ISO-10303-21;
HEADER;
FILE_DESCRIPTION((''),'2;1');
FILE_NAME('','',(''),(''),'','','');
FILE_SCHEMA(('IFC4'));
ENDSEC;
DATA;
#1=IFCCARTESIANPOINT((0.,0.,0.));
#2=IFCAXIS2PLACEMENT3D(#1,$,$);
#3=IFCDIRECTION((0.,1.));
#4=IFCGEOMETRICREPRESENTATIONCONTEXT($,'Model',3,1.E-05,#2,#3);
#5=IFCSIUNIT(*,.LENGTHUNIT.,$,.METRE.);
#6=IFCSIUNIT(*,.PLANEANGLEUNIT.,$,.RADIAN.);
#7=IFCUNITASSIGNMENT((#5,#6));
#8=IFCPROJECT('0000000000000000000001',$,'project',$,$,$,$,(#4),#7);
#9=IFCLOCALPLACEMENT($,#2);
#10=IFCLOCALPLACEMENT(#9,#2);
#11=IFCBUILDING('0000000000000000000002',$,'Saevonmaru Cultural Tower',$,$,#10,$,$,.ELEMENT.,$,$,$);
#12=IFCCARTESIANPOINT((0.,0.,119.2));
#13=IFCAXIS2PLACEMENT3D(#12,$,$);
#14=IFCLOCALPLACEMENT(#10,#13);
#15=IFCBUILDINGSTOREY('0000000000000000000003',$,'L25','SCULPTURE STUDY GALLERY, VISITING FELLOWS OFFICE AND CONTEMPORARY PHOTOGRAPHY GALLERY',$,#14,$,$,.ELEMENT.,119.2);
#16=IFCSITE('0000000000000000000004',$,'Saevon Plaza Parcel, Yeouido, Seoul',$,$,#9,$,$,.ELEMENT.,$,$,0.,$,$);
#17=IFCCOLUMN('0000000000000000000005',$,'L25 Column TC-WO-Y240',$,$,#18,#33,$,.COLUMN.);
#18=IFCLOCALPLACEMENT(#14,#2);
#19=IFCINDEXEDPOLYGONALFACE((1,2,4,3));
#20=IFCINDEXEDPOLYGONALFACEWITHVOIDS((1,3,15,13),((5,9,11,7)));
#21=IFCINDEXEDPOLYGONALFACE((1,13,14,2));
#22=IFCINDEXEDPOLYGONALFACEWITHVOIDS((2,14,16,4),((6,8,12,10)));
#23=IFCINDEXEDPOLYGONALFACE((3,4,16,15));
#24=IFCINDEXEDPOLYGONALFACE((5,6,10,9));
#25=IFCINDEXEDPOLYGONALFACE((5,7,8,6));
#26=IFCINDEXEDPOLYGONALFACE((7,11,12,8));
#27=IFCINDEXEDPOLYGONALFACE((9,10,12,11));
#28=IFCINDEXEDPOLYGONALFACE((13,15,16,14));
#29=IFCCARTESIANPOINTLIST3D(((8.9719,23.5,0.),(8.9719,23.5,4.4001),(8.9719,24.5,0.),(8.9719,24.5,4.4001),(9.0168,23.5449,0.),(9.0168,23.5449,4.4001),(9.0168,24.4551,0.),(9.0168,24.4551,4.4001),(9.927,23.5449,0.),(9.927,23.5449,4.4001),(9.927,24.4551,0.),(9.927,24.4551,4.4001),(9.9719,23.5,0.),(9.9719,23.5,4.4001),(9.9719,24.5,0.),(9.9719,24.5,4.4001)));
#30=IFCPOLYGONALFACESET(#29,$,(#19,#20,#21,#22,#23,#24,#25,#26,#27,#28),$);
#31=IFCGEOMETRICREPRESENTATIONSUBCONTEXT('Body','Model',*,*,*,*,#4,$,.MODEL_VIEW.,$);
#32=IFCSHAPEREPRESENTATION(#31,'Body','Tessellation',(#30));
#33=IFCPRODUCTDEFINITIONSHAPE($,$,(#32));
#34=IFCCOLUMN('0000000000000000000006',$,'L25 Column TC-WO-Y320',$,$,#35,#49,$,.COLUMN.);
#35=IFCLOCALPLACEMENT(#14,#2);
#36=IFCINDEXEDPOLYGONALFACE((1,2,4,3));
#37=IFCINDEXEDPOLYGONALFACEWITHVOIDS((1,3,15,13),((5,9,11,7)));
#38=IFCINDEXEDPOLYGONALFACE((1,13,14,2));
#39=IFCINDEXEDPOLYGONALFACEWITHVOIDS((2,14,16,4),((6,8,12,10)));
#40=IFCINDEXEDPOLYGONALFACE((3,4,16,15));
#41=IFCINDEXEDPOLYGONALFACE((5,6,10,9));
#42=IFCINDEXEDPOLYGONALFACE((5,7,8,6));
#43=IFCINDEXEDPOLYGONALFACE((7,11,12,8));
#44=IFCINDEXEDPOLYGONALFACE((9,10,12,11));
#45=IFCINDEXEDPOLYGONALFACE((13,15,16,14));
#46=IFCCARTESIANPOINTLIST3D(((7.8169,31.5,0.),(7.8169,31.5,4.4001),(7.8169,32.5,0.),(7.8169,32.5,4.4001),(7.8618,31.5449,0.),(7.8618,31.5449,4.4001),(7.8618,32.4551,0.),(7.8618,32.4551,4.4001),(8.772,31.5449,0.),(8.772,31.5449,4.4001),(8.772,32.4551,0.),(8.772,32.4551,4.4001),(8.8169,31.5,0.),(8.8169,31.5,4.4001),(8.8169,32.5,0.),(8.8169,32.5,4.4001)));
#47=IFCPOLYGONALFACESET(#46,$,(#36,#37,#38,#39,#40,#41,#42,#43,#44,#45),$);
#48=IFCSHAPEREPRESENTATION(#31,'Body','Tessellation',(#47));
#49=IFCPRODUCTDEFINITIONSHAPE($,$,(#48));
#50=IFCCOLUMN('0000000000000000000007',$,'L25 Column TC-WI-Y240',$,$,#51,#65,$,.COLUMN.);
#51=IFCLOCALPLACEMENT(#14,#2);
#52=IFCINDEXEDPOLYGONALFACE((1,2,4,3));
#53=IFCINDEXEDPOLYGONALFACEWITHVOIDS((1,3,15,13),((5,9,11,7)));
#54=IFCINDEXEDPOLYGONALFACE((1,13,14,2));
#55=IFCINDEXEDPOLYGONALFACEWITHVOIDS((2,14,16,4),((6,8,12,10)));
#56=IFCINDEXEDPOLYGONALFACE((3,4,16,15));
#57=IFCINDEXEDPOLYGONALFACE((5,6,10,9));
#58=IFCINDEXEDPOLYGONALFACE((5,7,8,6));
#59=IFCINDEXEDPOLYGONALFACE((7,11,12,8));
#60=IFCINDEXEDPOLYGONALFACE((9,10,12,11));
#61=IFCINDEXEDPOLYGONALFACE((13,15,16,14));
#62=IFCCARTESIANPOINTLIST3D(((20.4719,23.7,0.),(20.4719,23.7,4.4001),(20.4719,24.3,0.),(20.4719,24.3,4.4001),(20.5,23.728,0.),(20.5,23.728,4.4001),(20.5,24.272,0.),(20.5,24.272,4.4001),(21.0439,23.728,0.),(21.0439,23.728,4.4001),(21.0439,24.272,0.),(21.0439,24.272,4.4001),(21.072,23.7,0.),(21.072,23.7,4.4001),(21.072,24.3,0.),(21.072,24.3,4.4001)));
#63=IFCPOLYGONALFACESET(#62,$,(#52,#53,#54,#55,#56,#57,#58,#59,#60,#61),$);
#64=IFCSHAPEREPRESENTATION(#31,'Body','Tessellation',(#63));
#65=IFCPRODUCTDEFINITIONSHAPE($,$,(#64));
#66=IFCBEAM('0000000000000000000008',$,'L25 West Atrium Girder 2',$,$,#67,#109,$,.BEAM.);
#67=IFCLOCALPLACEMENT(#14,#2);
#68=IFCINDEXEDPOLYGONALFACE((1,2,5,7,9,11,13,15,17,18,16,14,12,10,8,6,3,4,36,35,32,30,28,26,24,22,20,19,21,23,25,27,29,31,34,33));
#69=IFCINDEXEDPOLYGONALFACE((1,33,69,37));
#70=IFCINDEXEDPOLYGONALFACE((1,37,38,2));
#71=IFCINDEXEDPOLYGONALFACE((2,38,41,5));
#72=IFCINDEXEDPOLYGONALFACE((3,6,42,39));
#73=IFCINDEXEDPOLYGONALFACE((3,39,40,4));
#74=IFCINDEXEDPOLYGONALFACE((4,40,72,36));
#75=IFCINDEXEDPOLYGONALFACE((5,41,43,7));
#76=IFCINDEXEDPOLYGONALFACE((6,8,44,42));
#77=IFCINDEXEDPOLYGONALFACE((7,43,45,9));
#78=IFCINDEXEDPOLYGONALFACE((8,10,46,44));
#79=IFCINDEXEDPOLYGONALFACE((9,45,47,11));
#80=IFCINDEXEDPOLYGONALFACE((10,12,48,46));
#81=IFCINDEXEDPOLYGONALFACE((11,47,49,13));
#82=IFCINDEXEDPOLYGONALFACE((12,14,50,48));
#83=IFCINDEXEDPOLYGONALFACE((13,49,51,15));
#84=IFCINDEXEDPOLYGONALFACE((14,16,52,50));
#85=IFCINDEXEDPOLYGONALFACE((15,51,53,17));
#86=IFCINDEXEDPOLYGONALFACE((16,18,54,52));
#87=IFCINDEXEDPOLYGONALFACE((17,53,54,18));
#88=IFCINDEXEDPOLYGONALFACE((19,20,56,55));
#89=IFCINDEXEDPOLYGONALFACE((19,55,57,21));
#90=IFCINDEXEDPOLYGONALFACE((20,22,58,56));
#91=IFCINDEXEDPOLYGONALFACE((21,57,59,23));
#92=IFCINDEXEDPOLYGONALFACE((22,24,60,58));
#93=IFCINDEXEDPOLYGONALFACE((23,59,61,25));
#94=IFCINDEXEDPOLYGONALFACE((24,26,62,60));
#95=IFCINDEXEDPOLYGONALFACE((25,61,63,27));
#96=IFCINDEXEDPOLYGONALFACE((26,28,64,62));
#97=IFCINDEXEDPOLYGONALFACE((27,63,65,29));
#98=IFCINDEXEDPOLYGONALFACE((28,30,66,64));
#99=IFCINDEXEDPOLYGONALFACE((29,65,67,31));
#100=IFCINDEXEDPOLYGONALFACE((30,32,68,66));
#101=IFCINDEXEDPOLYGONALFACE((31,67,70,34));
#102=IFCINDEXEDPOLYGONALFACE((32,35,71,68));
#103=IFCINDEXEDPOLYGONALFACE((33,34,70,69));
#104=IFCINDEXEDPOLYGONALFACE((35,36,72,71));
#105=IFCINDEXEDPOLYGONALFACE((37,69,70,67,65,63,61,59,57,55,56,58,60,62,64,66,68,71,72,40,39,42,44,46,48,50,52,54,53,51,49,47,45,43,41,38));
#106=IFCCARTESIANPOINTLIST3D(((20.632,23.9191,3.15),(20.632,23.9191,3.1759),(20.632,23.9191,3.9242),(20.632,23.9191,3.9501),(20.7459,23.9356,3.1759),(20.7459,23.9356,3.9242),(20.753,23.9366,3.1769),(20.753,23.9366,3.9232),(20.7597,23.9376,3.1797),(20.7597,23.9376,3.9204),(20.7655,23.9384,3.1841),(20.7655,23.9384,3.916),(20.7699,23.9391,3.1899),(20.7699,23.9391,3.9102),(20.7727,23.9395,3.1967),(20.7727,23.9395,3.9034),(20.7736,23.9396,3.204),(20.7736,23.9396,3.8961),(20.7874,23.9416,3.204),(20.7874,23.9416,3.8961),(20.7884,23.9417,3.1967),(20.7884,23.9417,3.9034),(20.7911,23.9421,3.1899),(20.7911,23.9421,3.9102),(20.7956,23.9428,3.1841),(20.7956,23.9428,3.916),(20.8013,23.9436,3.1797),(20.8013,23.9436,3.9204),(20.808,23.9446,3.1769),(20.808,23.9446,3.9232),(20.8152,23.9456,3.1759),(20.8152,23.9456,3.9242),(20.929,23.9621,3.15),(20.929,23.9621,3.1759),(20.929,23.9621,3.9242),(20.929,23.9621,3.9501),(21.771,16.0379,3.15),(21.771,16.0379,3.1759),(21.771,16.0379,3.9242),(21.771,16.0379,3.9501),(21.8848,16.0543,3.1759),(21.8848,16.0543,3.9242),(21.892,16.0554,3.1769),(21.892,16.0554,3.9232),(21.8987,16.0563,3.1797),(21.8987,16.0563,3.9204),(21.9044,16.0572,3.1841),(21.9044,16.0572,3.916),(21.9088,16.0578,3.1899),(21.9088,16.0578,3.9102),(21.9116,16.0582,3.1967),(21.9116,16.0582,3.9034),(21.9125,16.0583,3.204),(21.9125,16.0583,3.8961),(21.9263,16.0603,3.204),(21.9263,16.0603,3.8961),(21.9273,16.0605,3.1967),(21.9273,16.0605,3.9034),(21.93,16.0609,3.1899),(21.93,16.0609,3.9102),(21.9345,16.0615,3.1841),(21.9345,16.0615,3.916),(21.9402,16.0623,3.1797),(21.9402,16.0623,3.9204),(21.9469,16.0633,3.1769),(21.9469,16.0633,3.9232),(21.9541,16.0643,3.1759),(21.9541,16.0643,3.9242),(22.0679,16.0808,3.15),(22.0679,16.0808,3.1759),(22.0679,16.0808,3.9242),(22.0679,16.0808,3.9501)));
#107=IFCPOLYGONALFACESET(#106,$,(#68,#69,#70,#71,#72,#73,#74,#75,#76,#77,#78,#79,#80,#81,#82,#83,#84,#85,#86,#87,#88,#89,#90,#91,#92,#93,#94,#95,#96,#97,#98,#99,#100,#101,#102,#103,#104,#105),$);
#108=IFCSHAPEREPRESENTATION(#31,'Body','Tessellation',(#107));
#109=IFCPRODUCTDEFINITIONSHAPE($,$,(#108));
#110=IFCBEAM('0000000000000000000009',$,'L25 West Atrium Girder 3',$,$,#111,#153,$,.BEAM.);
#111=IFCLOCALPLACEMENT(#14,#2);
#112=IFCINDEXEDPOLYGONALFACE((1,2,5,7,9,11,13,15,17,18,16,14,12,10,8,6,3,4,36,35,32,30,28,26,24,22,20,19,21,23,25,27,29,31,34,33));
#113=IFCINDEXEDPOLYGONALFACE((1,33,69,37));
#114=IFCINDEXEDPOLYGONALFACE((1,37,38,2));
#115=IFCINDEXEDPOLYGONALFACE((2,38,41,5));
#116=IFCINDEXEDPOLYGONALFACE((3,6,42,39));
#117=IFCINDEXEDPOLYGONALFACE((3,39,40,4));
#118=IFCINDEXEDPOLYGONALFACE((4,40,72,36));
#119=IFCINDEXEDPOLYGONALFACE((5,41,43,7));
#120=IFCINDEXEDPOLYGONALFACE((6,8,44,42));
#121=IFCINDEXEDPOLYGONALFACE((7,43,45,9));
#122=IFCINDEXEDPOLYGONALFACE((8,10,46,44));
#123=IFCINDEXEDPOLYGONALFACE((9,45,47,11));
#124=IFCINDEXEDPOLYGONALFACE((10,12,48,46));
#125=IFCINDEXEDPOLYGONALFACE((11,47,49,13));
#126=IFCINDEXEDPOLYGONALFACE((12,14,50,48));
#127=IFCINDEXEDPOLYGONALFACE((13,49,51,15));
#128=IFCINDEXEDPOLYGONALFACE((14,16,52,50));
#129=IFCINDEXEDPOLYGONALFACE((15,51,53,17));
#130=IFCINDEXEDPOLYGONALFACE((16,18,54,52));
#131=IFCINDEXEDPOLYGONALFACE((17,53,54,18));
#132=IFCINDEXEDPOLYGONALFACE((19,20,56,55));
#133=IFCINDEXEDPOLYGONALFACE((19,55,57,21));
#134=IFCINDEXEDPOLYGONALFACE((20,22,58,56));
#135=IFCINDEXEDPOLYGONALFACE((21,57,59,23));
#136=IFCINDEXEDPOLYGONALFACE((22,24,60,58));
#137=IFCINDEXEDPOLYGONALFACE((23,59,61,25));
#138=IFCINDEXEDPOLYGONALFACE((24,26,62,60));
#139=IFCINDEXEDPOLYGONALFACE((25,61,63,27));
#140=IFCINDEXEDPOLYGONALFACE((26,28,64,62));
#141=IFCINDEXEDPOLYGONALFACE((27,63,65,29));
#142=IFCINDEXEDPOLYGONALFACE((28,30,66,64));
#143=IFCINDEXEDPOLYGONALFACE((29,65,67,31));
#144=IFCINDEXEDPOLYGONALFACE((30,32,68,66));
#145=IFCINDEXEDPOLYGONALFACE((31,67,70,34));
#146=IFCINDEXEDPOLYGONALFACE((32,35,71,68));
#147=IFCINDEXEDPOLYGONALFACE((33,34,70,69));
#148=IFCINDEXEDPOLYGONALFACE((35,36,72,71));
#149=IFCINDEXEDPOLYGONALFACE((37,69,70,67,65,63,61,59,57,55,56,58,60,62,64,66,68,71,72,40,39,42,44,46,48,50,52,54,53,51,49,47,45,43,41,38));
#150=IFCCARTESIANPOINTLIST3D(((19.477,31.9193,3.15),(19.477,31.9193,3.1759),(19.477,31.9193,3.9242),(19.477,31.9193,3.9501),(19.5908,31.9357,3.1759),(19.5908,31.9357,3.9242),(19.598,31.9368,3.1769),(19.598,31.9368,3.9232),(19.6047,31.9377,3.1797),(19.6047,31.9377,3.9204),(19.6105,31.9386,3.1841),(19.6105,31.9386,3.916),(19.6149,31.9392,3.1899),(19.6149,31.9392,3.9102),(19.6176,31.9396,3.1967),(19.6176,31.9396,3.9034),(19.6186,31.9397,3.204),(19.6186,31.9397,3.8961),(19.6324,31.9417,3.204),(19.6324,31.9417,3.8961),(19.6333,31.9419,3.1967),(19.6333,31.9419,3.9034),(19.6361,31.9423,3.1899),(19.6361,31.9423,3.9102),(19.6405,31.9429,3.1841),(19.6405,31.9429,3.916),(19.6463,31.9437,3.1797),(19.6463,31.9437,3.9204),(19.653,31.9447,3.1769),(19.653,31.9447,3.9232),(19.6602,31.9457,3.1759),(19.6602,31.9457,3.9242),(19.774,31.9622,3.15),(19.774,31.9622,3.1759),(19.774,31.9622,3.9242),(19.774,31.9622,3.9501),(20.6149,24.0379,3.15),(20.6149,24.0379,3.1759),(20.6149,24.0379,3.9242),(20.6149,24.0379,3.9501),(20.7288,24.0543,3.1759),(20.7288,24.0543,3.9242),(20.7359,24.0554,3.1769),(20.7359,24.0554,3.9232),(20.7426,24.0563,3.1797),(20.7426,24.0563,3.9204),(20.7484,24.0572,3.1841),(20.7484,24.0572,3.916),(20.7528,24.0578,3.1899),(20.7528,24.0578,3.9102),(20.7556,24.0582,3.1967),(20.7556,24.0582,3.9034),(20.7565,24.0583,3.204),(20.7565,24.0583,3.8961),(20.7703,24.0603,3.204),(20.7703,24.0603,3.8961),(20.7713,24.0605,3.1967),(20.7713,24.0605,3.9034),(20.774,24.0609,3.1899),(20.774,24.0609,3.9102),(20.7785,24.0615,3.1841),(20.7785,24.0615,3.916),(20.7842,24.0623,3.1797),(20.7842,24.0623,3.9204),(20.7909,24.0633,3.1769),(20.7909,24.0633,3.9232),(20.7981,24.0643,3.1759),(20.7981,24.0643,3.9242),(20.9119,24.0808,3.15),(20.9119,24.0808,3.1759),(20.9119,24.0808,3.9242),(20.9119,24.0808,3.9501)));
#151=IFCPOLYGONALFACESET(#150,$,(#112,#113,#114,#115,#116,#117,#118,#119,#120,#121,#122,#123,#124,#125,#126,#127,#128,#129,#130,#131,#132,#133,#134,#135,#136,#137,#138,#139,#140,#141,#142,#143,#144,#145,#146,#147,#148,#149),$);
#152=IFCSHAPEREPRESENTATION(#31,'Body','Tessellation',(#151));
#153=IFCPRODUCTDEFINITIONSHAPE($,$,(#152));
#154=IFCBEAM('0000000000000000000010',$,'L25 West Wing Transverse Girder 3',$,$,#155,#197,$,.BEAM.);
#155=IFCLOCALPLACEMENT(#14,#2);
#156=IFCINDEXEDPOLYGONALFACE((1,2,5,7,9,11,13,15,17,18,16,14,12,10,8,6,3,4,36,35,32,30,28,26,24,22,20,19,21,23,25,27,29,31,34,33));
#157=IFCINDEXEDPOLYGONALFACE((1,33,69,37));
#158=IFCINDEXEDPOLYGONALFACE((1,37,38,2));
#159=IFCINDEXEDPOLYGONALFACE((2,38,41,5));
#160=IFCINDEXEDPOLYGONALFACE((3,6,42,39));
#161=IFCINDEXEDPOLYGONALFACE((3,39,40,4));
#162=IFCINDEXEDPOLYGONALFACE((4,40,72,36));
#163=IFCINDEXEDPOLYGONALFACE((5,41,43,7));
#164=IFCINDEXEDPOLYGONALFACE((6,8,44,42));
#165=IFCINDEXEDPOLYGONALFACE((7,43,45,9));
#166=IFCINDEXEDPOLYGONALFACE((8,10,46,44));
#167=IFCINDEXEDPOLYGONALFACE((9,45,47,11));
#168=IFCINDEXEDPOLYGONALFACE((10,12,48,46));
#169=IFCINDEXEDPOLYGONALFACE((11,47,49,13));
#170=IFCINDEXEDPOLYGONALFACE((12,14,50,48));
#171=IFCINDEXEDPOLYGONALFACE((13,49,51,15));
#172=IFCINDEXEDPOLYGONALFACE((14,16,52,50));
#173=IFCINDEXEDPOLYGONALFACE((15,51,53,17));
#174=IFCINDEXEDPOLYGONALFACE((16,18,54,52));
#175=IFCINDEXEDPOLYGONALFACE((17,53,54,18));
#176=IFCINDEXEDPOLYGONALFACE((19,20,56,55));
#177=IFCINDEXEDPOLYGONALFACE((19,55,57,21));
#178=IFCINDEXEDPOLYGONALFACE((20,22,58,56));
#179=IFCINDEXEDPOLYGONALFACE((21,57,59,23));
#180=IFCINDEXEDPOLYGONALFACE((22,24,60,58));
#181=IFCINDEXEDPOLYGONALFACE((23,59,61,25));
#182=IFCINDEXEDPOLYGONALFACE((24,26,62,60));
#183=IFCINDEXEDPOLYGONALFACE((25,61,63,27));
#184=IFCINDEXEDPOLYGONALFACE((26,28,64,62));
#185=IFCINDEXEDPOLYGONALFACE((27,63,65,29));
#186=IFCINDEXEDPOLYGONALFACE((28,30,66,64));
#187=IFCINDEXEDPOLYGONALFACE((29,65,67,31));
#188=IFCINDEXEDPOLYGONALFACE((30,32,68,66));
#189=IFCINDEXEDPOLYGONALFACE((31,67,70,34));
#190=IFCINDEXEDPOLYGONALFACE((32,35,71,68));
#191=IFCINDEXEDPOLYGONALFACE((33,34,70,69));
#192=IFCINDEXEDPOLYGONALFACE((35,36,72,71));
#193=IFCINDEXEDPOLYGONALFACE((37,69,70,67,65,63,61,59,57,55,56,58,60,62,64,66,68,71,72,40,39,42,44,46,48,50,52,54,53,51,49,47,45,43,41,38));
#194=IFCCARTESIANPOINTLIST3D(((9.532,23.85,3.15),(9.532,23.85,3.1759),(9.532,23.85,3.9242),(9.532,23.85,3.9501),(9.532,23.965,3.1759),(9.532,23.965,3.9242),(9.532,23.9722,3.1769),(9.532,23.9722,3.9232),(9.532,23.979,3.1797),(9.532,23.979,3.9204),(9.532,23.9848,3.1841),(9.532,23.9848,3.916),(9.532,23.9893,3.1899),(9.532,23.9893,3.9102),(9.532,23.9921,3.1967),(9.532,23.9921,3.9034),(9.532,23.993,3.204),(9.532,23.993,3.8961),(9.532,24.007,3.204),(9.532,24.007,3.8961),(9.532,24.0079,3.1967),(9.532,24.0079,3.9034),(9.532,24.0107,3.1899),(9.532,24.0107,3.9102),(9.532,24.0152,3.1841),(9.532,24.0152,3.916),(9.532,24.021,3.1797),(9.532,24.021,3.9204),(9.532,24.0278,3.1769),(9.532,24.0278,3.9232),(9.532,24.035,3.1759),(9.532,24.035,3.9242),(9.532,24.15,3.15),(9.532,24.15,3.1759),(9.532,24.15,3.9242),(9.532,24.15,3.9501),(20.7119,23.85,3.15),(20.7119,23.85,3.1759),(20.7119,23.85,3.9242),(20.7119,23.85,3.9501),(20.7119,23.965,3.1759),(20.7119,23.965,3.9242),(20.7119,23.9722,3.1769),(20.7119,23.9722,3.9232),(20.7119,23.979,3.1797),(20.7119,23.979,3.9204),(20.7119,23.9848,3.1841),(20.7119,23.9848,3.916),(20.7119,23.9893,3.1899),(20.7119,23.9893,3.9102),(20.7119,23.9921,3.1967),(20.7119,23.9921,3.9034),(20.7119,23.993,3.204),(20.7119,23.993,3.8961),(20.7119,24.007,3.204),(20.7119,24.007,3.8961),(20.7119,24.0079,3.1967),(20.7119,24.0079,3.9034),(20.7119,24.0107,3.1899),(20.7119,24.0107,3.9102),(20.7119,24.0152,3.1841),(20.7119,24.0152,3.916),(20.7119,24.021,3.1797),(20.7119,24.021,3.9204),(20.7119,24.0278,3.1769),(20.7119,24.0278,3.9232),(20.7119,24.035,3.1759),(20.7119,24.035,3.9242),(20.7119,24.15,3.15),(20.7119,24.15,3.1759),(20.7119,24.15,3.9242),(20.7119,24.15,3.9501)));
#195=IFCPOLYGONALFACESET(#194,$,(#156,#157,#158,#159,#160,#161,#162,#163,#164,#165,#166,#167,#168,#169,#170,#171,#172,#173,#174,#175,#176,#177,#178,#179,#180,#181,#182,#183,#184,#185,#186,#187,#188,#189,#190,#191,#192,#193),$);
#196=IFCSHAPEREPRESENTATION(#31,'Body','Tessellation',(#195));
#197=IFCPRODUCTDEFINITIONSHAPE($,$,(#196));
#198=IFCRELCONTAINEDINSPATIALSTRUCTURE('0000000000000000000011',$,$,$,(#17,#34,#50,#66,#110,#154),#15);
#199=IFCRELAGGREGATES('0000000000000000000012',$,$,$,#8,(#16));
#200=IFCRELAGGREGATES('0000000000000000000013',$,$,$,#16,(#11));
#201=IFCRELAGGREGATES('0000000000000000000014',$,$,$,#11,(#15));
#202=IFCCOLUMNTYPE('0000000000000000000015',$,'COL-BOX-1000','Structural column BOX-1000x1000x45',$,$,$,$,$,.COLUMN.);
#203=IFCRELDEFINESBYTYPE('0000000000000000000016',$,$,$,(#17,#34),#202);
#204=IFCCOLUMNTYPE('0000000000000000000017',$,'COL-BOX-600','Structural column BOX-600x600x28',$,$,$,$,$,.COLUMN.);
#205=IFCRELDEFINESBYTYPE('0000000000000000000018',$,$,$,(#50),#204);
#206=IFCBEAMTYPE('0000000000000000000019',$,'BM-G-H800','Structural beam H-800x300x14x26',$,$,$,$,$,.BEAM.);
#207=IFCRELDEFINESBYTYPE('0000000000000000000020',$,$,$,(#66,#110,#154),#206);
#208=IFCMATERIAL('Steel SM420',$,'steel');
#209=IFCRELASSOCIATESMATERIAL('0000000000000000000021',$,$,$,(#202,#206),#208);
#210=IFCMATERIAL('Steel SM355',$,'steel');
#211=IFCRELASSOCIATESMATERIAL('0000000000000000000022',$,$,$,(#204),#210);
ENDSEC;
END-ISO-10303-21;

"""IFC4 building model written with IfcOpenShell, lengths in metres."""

from ifc_helpers import new_model, si_unit, direction, frame, origin, origin_2d, place, context, subcontext, project, spatial, hollow_rectangle, i_section, extrude, material, material_profile, profile_set, type_object, element, save


model = new_model("IFC4")

# Units and contexts
model_context = context("Model", 3, precision=1e-05, world=origin(), true_north=direction((0.0, 1.0)))
body_context = subcontext(model_context, "Body", "Model", "MODEL_VIEW")
ifc_project = project(units=[si_unit("LENGTHUNIT", "METRE"), si_unit("PLANEANGLEUNIT", "RADIAN")], contexts=[model_context])

# Site, building, storey
site_placement = place(None, origin())
site = spatial("IfcSite", under=ifc_project, at=site_placement, Name="Saevon Plaza Parcel, Yeouido, Seoul", CompositionType="ELEMENT", RefElevation=0.0)
building_placement = place(site_placement, origin())
building = spatial("IfcBuilding", under=site, at=building_placement, Name="Saevonmaru Cultural Tower", CompositionType="ELEMENT")
storey_placement = place(building_placement, frame((0.0, 0.0, 119.2)))
storey = spatial("IfcBuildingStorey", under=building, at=storey_placement, Name="L25", Description="SCULPTURE STUDY GALLERY, VISITING FELLOWS OFFICE AND CONTEMPORARY PHOTOGRAPHY GALLERY", CompositionType="ELEMENT", Elevation=119.2)

# Columns
ifc_material_1 = material(Name="Steel SM420", Category="steel")
ifc_material_profile_1 = material_profile(ifc_material_1, hollow_rectangle(XDim=1.0, YDim=1.0, WallThickness=0.0449, at=origin_2d()), Name="BOX-1000x1000x45")
ifc_profile_set_1 = profile_set([ifc_material_profile_1], Name="Steel SM420")
column_type_1 = type_object("IfcColumnType", Name="COL-BOX-1000", Description="Structural column BOX-1000x1000x45", PredefinedType="COLUMN", material=ifc_profile_set_1)
for number, where, z_axis, x_axis, name in (
    (1, (9.4719, 24.0, 0.0), (0.0, 0.0, 1.0), (1.0, 0.0, 0.0), "L25 Column TC-WO-Y240"),
    (2, (8.3169, 32.0, 0.0), (0.0, 0.0, 1.0), (1.0, 0.0, 0.0), "L25 Column TC-WO-Y320"),
):
    element("IfcColumn", number, at=place(storey_placement, frame(where, z_axis=z_axis, x_axis=x_axis)), inside=storey, type_object=column_type_1, Name=name, PredefinedType="COLUMN", context=body_context, shape_type="SweptSolid", body=[
        extrude(hollow_rectangle(XDim=1.0, YDim=1.0, WallThickness=0.0449, at=origin_2d()), origin(), (0.0, 0.0, 1.0), 4.4001),
    ])
ifc_material_2 = material(Name="Steel SM355", Category="steel")
ifc_material_profile_2 = material_profile(ifc_material_2, hollow_rectangle(XDim=0.6001, YDim=0.6001, WallThickness=0.0281, at=origin_2d()), Name="BOX-600x600x28")
ifc_profile_set_2 = profile_set([ifc_material_profile_2], Name="Steel SM355")
column_type_2 = type_object("IfcColumnType", Name="COL-BOX-600", Description="Structural column BOX-600x600x28", PredefinedType="COLUMN", material=ifc_profile_set_2)
column_placement = place(storey_placement, frame((20.772, 24.0, 0.0), z_axis=(0.0, 0.0, 1.0), x_axis=(1.0, 0.0, 0.0)))
element("IfcColumn", 3, at=column_placement, inside=storey, type_object=column_type_2, Name="L25 Column TC-WI-Y240", PredefinedType="COLUMN", context=body_context, shape_type="SweptSolid", body=[
    extrude(hollow_rectangle(XDim=0.6001, YDim=0.6001, WallThickness=0.0281, at=origin_2d()), origin(), (0.0, 0.0, 1.0), 4.4001),
])

# Beams
ifc_material_profile_3 = material_profile(ifc_material_1, i_section(OverallWidth=0.3, OverallDepth=0.8, WebThickness=0.0139, FlangeThickness=0.0259, FilletRadius=0.0281, at=origin_2d()), Name="H-800x300x14x26")
ifc_profile_set_3 = profile_set([ifc_material_profile_3], Name="Steel SM420")
beam_type_1 = type_object("IfcBeamType", Name="BM-G-H800", Description="Structural beam H-800x300x14x26", PredefinedType="BEAM", material=ifc_profile_set_3)
for number, where, z_axis, x_axis, name in (
    (4, (21.9194, 16.0593, 3.55), (-0.143022, 0.989719, 0.0), (-0.989719, -0.143022, 0.0), "L25 West Atrium Girder 2"),
    (5, (20.7634, 24.0593, 3.55), (-0.142902, 0.989737, 0.0), (-0.989737, -0.142902, 0.0), "L25 West Atrium Girder 3"),
):
    element("IfcBeam", number, at=place(storey_placement, frame(where, z_axis=z_axis, x_axis=x_axis)), inside=storey, type_object=beam_type_1, Name=name, PredefinedType="BEAM", context=body_context, shape_type="SweptSolid", body=[
        extrude(i_section(OverallWidth=0.3, OverallDepth=0.8, WebThickness=0.0139, FlangeThickness=0.0259, FilletRadius=0.0281, at=origin_2d()), origin(), (0.0, 0.0, 1.0), 7.9631),
    ])
beam_1_placement = place(storey_placement, frame((9.532, 24.0, 3.55), z_axis=(1.0, 0.0, 0.0), x_axis=(0.0, 1.0, 0.0)))
element("IfcBeam", 6, at=beam_1_placement, inside=storey, type_object=beam_type_1, Name="L25 West Wing Transverse Girder 3", PredefinedType="BEAM", context=body_context, shape_type="SweptSolid", body=[
    extrude(i_section(OverallWidth=0.3, OverallDepth=0.8, WebThickness=0.0139, FlangeThickness=0.0259, FilletRadius=0.0281, at=origin_2d()), origin(), (0.0, 0.0, 1.0), 11.1799),
])

save(model, "model.ifc")
